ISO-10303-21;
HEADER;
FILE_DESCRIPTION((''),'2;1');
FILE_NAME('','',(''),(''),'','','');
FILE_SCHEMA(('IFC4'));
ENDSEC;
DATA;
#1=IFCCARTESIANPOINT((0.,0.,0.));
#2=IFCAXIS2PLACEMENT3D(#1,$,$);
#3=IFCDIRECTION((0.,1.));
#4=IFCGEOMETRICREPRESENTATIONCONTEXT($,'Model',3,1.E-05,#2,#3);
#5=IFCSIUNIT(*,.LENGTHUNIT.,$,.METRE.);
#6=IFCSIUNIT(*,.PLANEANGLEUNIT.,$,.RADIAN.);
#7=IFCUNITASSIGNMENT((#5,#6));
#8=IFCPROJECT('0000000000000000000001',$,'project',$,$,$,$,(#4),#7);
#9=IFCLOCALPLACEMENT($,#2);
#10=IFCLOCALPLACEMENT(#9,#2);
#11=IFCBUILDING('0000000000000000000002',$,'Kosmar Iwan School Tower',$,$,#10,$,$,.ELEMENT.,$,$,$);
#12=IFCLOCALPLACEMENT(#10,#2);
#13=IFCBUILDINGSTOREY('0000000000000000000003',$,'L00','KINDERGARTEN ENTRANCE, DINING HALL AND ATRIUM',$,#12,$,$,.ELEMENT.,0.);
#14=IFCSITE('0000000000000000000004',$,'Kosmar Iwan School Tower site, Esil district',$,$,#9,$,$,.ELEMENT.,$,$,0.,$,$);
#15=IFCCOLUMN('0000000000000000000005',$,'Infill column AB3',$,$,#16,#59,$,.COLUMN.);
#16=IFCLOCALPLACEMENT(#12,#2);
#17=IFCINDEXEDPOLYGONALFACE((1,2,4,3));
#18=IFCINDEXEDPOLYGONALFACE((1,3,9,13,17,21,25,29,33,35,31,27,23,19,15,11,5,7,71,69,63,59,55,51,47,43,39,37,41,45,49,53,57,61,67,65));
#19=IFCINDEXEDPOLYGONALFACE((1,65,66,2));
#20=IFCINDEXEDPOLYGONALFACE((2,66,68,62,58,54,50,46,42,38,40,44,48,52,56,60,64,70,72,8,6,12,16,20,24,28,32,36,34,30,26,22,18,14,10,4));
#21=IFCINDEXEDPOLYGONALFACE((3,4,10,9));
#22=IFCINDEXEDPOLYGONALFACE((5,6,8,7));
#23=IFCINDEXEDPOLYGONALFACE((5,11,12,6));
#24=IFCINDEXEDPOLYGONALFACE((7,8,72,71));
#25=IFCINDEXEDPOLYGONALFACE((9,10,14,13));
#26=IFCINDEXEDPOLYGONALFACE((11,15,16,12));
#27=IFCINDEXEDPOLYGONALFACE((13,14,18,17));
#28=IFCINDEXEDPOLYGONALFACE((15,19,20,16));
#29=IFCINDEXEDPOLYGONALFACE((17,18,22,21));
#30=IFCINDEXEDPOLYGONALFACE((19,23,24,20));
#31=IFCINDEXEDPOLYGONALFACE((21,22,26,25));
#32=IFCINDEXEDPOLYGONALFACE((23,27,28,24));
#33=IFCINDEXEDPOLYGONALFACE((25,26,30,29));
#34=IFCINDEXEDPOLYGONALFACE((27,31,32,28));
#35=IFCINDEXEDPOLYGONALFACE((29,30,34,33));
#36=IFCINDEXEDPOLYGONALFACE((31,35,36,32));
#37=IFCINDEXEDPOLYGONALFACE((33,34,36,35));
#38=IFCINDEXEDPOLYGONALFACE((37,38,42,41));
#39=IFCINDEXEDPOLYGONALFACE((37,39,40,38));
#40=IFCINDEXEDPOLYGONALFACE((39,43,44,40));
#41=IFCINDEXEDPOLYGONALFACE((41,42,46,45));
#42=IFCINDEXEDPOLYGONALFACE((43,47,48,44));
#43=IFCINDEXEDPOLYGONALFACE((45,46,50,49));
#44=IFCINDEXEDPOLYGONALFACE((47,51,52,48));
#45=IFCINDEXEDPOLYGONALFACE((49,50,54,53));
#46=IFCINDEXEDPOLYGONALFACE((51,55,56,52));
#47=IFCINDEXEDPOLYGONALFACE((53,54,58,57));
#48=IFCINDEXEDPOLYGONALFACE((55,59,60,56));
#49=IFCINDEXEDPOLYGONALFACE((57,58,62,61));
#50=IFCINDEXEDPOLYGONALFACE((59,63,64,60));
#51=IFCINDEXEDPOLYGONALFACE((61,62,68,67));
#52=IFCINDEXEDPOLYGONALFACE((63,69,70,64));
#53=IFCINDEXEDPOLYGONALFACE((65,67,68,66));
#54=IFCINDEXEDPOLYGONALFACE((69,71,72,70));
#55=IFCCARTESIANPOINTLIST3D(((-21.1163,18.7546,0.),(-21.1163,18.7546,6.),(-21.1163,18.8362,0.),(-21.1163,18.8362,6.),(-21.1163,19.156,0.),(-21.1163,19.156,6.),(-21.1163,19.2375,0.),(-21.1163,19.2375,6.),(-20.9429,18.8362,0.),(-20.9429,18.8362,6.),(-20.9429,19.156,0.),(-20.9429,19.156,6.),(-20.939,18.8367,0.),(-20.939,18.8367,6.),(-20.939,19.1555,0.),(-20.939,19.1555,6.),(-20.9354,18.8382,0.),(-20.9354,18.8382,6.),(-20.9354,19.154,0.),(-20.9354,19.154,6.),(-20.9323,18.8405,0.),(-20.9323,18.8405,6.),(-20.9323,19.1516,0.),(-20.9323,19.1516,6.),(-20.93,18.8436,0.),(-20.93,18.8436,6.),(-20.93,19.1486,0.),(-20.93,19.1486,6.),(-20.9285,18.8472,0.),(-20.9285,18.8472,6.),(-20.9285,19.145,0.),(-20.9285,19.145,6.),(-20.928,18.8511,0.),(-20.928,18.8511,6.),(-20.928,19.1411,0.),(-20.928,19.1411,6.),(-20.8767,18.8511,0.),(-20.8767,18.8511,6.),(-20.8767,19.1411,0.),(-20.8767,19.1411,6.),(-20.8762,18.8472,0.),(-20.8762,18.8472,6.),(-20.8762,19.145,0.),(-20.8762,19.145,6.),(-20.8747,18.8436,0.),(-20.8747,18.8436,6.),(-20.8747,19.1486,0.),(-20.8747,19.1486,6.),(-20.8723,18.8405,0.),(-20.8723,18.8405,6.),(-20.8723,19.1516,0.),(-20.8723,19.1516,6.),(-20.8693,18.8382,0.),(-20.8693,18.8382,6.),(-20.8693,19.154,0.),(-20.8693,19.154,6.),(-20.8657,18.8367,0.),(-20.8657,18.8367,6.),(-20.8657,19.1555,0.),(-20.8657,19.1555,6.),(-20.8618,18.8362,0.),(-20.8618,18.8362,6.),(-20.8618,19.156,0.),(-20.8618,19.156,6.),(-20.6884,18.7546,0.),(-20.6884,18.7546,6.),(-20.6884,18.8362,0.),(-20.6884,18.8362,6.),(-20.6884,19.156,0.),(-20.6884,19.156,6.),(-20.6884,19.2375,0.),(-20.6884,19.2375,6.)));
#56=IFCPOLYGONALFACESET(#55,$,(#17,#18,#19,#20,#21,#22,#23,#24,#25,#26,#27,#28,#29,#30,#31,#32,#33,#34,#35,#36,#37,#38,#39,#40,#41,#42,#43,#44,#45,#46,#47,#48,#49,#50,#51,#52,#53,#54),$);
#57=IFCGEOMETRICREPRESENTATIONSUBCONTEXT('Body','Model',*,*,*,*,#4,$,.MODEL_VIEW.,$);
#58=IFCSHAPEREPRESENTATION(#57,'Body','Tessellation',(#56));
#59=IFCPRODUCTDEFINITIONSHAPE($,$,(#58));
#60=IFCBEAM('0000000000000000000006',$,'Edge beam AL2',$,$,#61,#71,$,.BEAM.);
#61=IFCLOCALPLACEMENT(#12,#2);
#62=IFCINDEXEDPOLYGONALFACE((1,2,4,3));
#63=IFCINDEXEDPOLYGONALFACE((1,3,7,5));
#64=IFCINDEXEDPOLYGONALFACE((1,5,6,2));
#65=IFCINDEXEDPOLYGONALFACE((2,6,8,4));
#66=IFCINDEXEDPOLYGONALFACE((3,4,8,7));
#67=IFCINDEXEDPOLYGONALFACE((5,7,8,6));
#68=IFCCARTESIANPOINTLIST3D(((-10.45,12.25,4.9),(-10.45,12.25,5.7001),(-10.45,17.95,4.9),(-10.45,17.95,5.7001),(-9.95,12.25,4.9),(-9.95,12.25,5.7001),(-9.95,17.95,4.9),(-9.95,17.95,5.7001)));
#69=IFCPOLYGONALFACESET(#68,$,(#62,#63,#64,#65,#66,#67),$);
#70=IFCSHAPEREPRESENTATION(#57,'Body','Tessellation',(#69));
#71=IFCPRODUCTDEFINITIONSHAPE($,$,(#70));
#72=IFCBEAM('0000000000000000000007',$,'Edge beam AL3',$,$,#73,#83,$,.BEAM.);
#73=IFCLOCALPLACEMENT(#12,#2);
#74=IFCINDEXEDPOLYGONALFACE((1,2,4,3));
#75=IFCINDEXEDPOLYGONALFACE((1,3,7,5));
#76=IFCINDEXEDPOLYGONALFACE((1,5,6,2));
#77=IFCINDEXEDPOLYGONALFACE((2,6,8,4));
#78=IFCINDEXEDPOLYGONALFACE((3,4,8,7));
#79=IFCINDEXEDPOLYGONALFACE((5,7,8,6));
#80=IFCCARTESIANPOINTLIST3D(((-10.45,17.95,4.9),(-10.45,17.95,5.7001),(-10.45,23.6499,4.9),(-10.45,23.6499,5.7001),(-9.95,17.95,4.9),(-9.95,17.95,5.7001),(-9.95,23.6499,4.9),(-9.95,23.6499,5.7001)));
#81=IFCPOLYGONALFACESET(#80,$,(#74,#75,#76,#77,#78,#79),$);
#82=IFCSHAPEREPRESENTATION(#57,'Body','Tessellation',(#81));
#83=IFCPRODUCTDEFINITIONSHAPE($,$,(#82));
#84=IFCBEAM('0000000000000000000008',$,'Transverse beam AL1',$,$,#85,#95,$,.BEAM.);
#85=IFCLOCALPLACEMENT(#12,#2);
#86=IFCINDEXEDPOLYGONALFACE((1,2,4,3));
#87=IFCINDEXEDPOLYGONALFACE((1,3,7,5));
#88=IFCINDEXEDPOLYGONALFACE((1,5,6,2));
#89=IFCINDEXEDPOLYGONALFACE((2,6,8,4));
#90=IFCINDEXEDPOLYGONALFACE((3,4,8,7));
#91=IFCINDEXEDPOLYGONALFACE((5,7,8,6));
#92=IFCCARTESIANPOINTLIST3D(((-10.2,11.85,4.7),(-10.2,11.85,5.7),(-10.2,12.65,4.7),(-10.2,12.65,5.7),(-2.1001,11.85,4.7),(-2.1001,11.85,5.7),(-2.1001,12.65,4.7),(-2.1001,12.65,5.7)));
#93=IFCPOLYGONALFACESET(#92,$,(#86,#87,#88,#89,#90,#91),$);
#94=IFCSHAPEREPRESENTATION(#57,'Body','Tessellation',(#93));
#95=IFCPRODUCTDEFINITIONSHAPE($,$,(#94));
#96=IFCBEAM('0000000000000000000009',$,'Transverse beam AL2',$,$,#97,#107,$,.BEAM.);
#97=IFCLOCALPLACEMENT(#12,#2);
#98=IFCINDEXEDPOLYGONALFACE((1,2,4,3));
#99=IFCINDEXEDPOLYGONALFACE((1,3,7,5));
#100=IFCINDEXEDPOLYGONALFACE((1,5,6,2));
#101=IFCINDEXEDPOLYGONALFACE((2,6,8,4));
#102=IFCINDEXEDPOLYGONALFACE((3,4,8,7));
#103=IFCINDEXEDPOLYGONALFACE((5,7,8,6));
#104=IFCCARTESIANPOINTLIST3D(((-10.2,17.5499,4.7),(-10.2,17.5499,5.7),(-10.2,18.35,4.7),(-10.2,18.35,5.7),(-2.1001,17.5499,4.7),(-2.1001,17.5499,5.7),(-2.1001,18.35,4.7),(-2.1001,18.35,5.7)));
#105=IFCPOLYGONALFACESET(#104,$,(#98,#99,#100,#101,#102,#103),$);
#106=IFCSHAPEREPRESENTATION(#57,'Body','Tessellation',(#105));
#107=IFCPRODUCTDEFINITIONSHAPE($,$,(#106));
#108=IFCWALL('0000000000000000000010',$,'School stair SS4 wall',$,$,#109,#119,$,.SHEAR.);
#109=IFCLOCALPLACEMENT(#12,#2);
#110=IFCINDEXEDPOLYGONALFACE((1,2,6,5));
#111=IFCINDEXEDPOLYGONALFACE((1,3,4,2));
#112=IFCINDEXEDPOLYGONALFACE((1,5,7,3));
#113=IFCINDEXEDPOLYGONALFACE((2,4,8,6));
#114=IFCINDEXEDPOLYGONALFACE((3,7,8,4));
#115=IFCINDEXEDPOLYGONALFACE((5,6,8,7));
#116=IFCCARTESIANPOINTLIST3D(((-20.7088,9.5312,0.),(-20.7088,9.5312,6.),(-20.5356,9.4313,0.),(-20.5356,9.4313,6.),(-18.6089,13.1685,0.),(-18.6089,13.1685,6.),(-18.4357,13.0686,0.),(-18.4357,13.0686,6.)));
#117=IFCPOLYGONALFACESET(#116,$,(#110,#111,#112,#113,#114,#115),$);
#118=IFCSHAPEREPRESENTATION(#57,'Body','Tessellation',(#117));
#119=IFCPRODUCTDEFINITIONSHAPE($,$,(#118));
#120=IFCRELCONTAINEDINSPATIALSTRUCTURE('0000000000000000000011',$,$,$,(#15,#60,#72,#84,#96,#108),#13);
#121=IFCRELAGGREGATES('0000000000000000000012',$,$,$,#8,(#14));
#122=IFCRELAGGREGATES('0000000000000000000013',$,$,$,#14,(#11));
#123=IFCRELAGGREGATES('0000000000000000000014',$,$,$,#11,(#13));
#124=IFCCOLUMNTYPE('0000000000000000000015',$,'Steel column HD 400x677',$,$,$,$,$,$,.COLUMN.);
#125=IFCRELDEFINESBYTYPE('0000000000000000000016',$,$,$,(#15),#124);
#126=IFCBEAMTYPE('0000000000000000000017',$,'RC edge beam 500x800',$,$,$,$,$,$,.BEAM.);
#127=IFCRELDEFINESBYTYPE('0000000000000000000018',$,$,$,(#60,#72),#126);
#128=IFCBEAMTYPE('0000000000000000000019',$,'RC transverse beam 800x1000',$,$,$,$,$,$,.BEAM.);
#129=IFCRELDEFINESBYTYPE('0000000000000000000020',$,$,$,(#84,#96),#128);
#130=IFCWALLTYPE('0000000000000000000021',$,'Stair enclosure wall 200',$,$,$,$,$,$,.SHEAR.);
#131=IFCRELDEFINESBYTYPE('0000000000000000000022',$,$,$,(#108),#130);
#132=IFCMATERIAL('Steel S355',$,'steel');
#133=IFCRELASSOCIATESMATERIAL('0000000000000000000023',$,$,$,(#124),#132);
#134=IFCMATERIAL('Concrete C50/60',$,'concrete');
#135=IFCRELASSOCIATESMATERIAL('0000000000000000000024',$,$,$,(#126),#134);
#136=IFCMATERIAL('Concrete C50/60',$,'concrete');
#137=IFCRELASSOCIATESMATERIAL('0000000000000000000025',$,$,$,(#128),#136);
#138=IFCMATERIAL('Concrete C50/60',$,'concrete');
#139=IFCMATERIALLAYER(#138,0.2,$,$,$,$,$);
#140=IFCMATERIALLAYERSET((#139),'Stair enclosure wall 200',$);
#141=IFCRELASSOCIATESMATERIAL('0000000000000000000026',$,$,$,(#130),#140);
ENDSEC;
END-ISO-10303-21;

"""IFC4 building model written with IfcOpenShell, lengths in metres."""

from ifc_helpers import new_model, si_unit, direction, frame, frame_2d, origin, origin_2d, place, context, subcontext, project, spatial, rectangle, i_section, extrude, material, layer, layer_set, material_profile, profile_set, type_object, element, save


model = new_model("IFC4")

# Units and contexts
model_context = context("Model", 3, precision=1e-05, world=origin(), true_north=direction((0.0, 1.0)))
body_context = subcontext(model_context, "Body", "Model", "MODEL_VIEW")
ifc_project = project(units=[si_unit("LENGTHUNIT", "METRE"), si_unit("PLANEANGLEUNIT", "RADIAN")], contexts=[model_context])

# Site, building, storey
site_placement = place(None, origin())
site = spatial("IfcSite", under=ifc_project, at=site_placement, Name="Kosmar Iwan School Tower site, Esil district", CompositionType="ELEMENT", RefElevation=0.0)
building_placement = place(site_placement, origin())
building = spatial("IfcBuilding", under=site, at=building_placement, Name="Kosmar Iwan School Tower", CompositionType="ELEMENT")
storey_placement = place(building_placement, origin())
storey = spatial("IfcBuildingStorey", under=building, at=storey_placement, Name="L00", Description="KINDERGARTEN ENTRANCE, DINING HALL AND ATRIUM", CompositionType="ELEMENT", Elevation=0.0)

# Column
ifc_material_1 = material(Name="Steel S355", Category="steel")
ifc_material_profile_1 = material_profile(ifc_material_1, i_section(OverallWidth=0.428, OverallDepth=0.4829, WebThickness=0.0513, FlangeThickness=0.0815, FilletRadius=0.0149, at=origin_2d()), Name="HD 400x677")
ifc_profile_set_1 = profile_set([ifc_material_profile_1], Name="Steel S355")
column_type_1 = type_object("IfcColumnType", Name="Steel column HD 400x677", PredefinedType="COLUMN", material=ifc_profile_set_1)
column_placement = place(storey_placement, frame((-20.9023, 18.9961, 0.0), z_axis=(0.0, 0.0, 1.0), x_axis=(1.0, 0.0, 0.0)))
element("IfcColumn", 1, at=column_placement, inside=storey, type_object=column_type_1, Name="Infill column AB3", PredefinedType="COLUMN", context=body_context, shape_type="SweptSolid", body=[
    extrude(i_section(OverallWidth=0.428, OverallDepth=0.4829, WebThickness=0.0513, FlangeThickness=0.0815, FilletRadius=0.0149, at=origin_2d()), origin(), (0.0, 0.0, 1.0), 6.0),
])

# Beams
ifc_material_2 = material(Name="Concrete C50/60", Category="concrete")
ifc_material_profile_2 = material_profile(ifc_material_2, rectangle(XDim=0.5, YDim=0.8, at=origin_2d()), Name="RC 500x800")
ifc_profile_set_2 = profile_set([ifc_material_profile_2], Name="Concrete C50/60")
beam_type_1 = type_object("IfcBeamType", Name="RC edge beam 500x800", PredefinedType="BEAM", material=ifc_profile_set_2)
for number, where, z_axis, x_axis, name in (
    (2, (-10.2, 12.25, 5.3), (0.0, 1.0, 0.0), (-1.0, 0.0, 0.0), "Edge beam AL2"),
    (3, (-10.2, 17.95, 5.3), (0.0, 1.0, 0.0), (-1.0, 0.0, 0.0), "Edge beam AL3"),
):
    element("IfcBeam", number, at=place(storey_placement, frame(where, z_axis=z_axis, x_axis=x_axis)), inside=storey, type_object=beam_type_1, Name=name, PredefinedType="BEAM", context=body_context, shape_type="SweptSolid", body=[
        extrude(rectangle(XDim=0.5, YDim=0.8, at=origin_2d()), origin(), (0.0, 0.0, 1.0), 5.7),
    ])
ifc_material_3 = material(Name="Concrete C50/60", Category="concrete")
ifc_material_profile_3 = material_profile(ifc_material_3, rectangle(XDim=0.8, YDim=1.0, at=origin_2d()), Name="RC 800x1000")
ifc_profile_set_3 = profile_set([ifc_material_profile_3], Name="Concrete C50/60")
beam_type_2 = type_object("IfcBeamType", Name="RC transverse beam 800x1000", PredefinedType="BEAM", material=ifc_profile_set_3)
for number, where, z_axis, x_axis, name in (
    (4, (-10.2, 12.25, 5.2), (1.0, 0.0, 0.0), (0.0, 1.0, 0.0), "Transverse beam AL1"),
    (5, (-10.2, 17.95, 5.2), (1.0, 0.0, 0.0), (0.0, 1.0, 0.0), "Transverse beam AL2"),
):
    element("IfcBeam", number, at=place(storey_placement, frame(where, z_axis=z_axis, x_axis=x_axis)), inside=storey, type_object=beam_type_2, Name=name, PredefinedType="BEAM", context=body_context, shape_type="SweptSolid", body=[
        extrude(rectangle(XDim=0.8, YDim=1.0, at=origin_2d()), origin(), (0.0, 0.0, 1.0), 8.0999),
    ])

# Wall
ifc_material_4 = material(Name="Concrete C50/60", Category="concrete")
ifc_layer_1 = layer(ifc_material_4, 0.2)
ifc_layer_set_1 = layer_set([ifc_layer_1], Name="Stair enclosure wall 200")
wall_type = type_object("IfcWallType", Name="Stair enclosure wall 200", PredefinedType="SHEAR", material=ifc_layer_set_1)
wall_placement = place(storey_placement, frame((-18.5222, 13.1187, 0.0), z_axis=(0.0, 0.0, 1.0), x_axis=(-0.499984, -0.866035, 0.0)))
element("IfcWall", 6, at=wall_placement, inside=storey, type_object=wall_type, Name="School stair SS4 wall", PredefinedType="SHEAR", context=body_context, shape_type="SweptSolid", body=[
    extrude(rectangle(XDim=4.2, YDim=0.2, at=frame_2d((2.1001, 0.0))), origin(), (0.0, 0.0, 1.0), 6.0),
])

save(model, "model.ifc")
